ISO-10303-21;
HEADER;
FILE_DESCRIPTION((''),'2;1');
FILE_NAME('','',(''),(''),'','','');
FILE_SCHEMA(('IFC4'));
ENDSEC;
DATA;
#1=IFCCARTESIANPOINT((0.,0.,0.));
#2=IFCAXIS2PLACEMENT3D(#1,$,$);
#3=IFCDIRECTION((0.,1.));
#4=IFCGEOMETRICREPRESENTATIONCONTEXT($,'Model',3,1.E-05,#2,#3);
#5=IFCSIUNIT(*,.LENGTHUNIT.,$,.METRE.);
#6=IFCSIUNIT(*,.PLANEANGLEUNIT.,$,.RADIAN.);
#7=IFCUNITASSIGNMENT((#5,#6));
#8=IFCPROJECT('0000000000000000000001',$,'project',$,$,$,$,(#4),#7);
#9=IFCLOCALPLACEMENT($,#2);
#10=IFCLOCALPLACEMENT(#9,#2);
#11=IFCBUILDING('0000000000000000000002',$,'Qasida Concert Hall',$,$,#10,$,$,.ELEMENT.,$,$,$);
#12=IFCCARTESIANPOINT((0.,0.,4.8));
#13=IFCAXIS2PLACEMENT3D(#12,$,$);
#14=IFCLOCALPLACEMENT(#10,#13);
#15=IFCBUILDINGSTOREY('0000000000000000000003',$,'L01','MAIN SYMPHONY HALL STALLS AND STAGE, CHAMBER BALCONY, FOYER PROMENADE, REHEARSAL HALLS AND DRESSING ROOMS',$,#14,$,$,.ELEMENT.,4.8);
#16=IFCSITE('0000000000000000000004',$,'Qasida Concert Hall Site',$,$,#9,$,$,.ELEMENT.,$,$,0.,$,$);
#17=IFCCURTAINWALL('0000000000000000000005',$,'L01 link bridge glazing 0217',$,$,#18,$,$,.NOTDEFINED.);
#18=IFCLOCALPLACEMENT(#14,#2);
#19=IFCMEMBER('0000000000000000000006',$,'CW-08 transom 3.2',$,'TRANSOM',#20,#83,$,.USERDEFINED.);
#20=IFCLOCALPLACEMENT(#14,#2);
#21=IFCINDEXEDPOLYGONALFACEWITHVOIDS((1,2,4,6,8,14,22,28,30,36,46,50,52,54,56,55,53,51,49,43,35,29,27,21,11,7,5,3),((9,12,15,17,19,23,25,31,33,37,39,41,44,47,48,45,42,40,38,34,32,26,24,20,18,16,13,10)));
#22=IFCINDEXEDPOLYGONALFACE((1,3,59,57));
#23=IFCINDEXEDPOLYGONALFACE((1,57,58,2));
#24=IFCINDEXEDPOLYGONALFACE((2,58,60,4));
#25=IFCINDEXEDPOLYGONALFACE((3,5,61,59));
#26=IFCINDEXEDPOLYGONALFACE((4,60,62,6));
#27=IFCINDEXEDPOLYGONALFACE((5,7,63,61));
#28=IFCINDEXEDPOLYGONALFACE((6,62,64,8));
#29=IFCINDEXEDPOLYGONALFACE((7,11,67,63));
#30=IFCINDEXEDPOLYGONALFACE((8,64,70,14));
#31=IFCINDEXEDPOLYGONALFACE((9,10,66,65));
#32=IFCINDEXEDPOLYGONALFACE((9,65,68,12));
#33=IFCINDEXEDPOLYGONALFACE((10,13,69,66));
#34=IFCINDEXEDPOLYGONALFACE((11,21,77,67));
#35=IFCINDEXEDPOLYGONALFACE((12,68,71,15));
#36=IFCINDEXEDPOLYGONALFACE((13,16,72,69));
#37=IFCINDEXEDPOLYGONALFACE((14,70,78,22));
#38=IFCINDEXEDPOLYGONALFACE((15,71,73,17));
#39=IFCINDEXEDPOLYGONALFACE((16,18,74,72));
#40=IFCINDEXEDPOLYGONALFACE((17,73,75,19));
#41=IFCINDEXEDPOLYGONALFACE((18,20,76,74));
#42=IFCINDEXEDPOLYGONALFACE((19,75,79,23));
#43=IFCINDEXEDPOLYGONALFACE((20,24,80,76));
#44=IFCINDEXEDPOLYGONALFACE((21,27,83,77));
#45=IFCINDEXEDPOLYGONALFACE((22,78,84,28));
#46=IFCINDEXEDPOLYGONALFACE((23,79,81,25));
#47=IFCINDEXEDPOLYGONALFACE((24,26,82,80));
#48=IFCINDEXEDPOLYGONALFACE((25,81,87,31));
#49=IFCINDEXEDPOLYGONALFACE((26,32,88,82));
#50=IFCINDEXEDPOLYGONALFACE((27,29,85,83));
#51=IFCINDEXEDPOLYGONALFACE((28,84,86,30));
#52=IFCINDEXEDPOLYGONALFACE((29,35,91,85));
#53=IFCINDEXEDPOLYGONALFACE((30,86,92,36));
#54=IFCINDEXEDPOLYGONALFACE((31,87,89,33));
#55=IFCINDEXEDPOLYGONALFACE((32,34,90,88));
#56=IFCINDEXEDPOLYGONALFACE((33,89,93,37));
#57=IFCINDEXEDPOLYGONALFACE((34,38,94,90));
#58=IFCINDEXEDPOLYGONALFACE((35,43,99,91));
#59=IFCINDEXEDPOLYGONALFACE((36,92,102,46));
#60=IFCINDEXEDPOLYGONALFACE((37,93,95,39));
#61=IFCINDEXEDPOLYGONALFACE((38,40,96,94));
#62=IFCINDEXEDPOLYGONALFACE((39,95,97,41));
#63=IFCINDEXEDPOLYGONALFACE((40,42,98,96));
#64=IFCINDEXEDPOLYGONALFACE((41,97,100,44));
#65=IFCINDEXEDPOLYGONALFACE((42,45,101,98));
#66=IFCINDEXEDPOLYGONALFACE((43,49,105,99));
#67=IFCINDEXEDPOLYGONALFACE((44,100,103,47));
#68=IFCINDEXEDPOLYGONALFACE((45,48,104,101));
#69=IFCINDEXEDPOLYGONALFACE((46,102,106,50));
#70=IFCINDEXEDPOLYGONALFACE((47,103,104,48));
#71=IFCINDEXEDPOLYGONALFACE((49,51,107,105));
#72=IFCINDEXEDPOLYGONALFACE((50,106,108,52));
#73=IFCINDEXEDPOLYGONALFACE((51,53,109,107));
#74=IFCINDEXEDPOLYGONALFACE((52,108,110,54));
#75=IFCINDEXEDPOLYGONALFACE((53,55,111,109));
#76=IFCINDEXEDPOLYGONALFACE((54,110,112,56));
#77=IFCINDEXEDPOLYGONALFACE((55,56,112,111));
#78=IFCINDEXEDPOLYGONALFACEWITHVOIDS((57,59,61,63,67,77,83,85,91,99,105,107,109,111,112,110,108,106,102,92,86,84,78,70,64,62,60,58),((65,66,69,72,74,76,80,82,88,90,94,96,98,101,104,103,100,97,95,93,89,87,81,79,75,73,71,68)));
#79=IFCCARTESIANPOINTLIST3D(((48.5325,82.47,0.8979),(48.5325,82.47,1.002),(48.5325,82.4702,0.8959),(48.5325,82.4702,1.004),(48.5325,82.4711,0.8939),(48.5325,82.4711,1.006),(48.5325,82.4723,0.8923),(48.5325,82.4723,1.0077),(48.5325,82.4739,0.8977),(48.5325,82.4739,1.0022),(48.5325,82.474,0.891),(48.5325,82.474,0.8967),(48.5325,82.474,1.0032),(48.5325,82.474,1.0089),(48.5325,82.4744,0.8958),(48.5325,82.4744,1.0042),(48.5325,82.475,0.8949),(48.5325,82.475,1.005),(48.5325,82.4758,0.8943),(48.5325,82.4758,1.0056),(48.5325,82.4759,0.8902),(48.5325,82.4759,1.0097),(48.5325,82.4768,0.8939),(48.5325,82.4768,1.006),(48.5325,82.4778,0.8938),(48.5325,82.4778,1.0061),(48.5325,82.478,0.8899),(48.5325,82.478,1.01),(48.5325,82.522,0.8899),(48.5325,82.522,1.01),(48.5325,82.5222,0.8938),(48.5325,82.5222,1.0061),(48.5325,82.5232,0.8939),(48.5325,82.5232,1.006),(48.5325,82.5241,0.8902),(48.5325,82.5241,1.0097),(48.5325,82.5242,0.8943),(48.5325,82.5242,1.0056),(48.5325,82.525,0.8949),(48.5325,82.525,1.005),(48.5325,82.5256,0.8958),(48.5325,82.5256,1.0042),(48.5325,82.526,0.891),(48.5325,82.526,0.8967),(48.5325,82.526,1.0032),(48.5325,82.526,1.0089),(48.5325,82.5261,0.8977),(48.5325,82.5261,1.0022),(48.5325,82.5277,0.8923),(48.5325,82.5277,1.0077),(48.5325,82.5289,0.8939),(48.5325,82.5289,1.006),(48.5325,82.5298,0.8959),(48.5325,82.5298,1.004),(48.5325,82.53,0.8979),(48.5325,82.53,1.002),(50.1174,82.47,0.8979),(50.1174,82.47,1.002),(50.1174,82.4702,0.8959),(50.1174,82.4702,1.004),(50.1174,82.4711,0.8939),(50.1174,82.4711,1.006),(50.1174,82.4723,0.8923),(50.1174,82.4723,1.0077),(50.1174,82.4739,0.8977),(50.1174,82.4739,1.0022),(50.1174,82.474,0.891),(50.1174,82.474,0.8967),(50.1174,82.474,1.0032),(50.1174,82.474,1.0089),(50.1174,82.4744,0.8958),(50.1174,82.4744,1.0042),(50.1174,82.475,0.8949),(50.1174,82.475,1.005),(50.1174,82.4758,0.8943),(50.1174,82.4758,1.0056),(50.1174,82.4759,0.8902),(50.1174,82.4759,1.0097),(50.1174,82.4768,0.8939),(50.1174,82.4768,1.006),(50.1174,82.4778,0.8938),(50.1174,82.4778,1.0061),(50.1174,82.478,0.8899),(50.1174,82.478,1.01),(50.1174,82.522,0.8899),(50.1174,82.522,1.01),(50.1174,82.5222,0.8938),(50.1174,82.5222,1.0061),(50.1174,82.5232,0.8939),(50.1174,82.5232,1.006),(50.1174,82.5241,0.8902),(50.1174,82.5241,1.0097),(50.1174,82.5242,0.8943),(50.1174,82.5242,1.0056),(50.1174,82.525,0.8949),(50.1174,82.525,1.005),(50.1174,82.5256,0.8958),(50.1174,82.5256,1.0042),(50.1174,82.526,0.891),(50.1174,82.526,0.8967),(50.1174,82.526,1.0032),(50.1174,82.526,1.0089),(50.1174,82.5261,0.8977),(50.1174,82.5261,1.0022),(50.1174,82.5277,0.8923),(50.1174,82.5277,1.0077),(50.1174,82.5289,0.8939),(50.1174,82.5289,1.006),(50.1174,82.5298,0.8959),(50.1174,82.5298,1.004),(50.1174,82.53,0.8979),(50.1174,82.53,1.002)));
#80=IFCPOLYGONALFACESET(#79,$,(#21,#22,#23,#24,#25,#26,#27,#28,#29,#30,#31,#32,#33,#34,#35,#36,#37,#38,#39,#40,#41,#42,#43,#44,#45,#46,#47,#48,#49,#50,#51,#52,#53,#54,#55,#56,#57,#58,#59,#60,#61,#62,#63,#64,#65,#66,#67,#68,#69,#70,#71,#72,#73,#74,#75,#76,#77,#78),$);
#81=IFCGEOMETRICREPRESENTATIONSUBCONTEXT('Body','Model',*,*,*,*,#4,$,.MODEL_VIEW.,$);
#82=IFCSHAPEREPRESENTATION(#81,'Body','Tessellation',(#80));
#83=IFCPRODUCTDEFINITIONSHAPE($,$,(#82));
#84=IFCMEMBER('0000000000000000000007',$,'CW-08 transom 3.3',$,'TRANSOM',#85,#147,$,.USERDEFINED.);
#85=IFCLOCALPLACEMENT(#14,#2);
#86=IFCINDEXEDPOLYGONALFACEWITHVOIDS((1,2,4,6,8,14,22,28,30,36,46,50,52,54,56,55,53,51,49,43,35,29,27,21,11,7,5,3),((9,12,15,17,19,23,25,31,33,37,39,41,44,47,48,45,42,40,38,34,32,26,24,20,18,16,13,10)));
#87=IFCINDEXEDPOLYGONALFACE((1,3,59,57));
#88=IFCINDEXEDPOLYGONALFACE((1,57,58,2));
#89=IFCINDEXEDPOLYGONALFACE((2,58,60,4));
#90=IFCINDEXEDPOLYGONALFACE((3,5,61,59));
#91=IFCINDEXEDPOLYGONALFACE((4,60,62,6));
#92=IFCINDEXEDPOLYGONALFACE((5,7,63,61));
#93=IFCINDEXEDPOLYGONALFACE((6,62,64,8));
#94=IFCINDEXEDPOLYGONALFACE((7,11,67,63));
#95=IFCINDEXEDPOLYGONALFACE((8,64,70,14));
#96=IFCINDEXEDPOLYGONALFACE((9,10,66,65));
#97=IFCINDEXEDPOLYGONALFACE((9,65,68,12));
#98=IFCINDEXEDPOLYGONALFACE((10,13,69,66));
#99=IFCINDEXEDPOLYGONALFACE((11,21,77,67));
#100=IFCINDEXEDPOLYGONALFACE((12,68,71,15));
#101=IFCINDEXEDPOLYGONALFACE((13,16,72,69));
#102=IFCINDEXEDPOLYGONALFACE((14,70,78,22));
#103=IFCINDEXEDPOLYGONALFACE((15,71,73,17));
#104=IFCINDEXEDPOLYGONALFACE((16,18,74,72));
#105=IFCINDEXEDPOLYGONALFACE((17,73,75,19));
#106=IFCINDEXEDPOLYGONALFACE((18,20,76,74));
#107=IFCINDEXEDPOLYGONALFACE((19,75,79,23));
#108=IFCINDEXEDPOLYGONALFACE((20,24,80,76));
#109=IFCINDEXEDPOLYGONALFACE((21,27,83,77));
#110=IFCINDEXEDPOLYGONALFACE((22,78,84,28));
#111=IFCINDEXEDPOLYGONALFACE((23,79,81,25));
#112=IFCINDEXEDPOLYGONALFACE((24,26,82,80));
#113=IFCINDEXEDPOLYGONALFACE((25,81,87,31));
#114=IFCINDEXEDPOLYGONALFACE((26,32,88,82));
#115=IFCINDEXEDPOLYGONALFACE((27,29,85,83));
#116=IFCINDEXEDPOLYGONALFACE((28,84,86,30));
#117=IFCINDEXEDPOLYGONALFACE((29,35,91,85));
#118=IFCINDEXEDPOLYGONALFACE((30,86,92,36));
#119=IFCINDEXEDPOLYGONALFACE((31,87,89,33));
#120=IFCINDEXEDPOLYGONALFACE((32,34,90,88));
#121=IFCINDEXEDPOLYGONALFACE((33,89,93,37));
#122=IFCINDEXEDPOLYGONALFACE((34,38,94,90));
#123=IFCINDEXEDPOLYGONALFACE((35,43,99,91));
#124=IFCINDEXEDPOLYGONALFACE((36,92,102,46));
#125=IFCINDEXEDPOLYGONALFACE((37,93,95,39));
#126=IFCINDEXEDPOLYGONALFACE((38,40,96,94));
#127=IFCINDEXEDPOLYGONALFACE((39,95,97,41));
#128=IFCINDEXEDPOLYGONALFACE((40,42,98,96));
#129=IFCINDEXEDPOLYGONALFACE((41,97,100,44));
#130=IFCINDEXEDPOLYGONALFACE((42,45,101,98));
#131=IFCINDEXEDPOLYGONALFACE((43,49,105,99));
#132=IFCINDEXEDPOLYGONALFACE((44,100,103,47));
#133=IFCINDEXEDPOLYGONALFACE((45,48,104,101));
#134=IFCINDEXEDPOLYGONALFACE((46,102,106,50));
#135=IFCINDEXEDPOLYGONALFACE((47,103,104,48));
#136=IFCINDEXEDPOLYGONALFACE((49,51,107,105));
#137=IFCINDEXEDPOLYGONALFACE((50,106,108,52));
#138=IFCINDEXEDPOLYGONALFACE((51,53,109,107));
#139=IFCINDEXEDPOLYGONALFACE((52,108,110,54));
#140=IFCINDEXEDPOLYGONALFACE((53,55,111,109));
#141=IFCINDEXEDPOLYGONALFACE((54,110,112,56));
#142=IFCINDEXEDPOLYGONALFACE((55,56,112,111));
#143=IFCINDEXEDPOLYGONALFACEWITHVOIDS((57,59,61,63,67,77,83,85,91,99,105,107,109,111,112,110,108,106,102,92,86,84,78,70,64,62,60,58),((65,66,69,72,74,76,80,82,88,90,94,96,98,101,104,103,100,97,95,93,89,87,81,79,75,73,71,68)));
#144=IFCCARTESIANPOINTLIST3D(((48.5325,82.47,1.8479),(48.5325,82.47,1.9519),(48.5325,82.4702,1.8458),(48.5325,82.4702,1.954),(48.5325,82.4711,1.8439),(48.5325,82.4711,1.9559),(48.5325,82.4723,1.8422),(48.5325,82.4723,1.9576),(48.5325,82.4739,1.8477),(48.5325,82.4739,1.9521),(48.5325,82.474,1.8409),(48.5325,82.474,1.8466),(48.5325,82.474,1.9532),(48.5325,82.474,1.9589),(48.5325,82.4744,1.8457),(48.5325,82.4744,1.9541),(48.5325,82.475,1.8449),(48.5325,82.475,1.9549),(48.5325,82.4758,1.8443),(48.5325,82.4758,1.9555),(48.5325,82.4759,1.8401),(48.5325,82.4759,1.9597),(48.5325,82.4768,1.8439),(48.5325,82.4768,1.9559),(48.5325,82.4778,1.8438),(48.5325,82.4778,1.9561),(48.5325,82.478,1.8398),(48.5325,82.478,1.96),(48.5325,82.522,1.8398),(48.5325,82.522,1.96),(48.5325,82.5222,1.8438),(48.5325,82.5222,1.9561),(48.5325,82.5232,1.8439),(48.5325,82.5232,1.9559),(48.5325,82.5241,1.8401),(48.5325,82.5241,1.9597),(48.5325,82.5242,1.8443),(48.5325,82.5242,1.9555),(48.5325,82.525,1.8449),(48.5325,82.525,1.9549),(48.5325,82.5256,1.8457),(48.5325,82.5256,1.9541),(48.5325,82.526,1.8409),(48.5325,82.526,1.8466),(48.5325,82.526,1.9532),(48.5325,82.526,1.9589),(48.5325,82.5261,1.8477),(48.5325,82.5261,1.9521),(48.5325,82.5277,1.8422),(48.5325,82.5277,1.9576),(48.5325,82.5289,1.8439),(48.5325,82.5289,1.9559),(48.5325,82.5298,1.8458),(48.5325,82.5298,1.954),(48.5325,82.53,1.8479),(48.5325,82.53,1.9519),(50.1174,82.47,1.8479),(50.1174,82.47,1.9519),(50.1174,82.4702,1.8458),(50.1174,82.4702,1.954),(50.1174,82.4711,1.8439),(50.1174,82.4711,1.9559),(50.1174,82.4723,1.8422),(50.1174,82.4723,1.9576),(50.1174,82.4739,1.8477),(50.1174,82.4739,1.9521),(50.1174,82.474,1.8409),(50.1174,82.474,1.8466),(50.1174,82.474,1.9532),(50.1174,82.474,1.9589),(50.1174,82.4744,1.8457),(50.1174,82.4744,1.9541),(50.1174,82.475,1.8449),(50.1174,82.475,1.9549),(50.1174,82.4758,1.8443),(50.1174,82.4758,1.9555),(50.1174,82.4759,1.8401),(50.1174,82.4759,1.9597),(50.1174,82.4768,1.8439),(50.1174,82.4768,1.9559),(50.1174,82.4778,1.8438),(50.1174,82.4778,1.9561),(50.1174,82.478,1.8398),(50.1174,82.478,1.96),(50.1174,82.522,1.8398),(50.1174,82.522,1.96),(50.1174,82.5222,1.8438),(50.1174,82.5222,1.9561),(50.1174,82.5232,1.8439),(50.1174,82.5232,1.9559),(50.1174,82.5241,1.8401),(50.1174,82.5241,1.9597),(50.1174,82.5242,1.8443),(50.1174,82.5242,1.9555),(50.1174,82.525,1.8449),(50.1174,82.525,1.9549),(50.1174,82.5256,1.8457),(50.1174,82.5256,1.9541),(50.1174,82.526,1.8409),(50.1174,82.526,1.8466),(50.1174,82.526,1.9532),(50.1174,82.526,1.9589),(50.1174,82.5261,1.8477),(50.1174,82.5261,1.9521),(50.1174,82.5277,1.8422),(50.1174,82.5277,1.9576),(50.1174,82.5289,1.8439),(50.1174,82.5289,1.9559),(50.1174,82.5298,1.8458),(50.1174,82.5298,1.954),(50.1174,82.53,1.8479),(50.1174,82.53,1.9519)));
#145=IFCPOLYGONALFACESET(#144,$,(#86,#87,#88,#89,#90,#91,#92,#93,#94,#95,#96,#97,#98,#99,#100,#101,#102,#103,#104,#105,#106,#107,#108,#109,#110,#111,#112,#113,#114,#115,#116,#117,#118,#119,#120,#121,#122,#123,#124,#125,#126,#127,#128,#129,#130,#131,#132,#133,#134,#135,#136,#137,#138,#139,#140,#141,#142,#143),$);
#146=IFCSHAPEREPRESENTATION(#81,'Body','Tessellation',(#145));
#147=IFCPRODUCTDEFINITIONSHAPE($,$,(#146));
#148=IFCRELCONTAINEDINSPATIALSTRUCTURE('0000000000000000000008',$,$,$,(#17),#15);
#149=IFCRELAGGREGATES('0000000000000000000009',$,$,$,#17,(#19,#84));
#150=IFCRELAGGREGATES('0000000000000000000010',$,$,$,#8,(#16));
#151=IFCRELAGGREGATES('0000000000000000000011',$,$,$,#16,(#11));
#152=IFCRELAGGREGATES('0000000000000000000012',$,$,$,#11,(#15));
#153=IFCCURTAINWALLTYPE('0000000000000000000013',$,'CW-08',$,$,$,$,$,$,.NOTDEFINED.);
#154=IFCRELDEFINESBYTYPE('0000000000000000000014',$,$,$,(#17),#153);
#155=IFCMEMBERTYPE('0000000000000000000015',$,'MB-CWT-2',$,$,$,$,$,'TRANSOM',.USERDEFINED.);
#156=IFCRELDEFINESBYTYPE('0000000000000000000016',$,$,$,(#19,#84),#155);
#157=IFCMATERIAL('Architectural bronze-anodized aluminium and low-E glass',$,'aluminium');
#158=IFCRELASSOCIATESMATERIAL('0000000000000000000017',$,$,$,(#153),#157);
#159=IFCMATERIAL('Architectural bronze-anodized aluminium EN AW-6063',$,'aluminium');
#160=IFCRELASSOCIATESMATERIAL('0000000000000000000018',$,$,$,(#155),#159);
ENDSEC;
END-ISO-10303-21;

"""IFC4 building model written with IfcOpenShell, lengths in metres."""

from ifc_helpers import new_model, si_unit, direction, frame, origin, origin_2d, place, context, subcontext, project, spatial, hollow_rectangle, extrude, material, material_profile, profile_set, type_object, element, aggregate, save


model = new_model("IFC4")

# Units and contexts
model_context = context("Model", 3, precision=1e-05, world=origin(), true_north=direction((0.0, 1.0)))
body_context = subcontext(model_context, "Body", "Model", "MODEL_VIEW")
ifc_project = project(units=[si_unit("LENGTHUNIT", "METRE"), si_unit("PLANEANGLEUNIT", "RADIAN")], contexts=[model_context])

# Site, building, storey
site_placement = place(None, origin())
site = spatial("IfcSite", under=ifc_project, at=site_placement, Name="Qasida Concert Hall Site", CompositionType="ELEMENT", RefElevation=0.0)
building_placement = place(site_placement, origin())
building = spatial("IfcBuilding", under=site, at=building_placement, Name="Qasida Concert Hall", CompositionType="ELEMENT")
storey_placement = place(building_placement, frame((0.0, 0.0, 4.8)))
storey = spatial("IfcBuildingStorey", under=building, at=storey_placement, Name="L01", Description="MAIN SYMPHONY HALL STALLS AND STAGE, CHAMBER BALCONY, FOYER PROMENADE, REHEARSAL HALLS AND DRESSING ROOMS", CompositionType="ELEMENT", Elevation=4.8)

# Curtain wall, members
ifc_material_1 = material(Name="Architectural bronze-anodized aluminium and low-E glass", Category="aluminium")
curtain_wall_type = type_object("IfcCurtainWallType", Name="CW-08", PredefinedType="NOTDEFINED", material=ifc_material_1)
curtain_wall_placement = place(storey_placement, origin())
curtain_wall = element("IfcCurtainWall", 1, at=curtain_wall_placement, inside=storey, type_object=curtain_wall_type, Name="L01 link bridge glazing 0217", PredefinedType="NOTDEFINED")
ifc_material_2 = material(Name="Architectural bronze-anodized aluminium EN AW-6063", Category="aluminium")
ifc_material_profile_1 = material_profile(ifc_material_2, hollow_rectangle(XDim=0.0601, YDim=0.1201, WallThickness=0.0039, InnerFilletRadius=0.0039, OuterFilletRadius=0.0081, at=origin_2d()), Name="CWT 120x60x4")
ifc_profile_set_1 = profile_set([ifc_material_profile_1], Name="Architectural bronze-anodized aluminium EN AW-6063")
member_type_1 = type_object("IfcMemberType", Name="MB-CWT-2", ElementType="TRANSOM", PredefinedType="USERDEFINED", material=ifc_profile_set_1)
member_1_placement = place(storey_placement, frame((48.5325, 82.5, 0.95), z_axis=(1.0, 0.0, 0.0), x_axis=(0.0, 1.0, 0.0)))
member_1 = element("IfcMember", 2, at=member_1_placement, type_object=member_type_1, Name="CW-08 transom 3.2", ObjectType="TRANSOM", PredefinedType="USERDEFINED", context=body_context, shape_type="SweptSolid", body=[
    extrude(hollow_rectangle(XDim=0.0601, YDim=0.1201, WallThickness=0.0039, InnerFilletRadius=0.0039, OuterFilletRadius=0.0081, at=origin_2d()), origin(), (0.0, 0.0, 1.0), 1.585),
])
member_2_placement = place(storey_placement, frame((48.5325, 82.5, 1.8999), z_axis=(1.0, 0.0, 0.0), x_axis=(0.0, 1.0, 0.0)))
member_2 = element("IfcMember", 3, at=member_2_placement, type_object=member_type_1, Name="CW-08 transom 3.3", ObjectType="TRANSOM", PredefinedType="USERDEFINED", context=body_context, shape_type="SweptSolid", body=[
    extrude(hollow_rectangle(XDim=0.0601, YDim=0.1201, WallThickness=0.0039, InnerFilletRadius=0.0039, OuterFilletRadius=0.0081, at=origin_2d()), origin(), (0.0, 0.0, 1.0), 1.585),
])
aggregate(curtain_wall, [member_1, member_2])

save(model, "model.ifc")
